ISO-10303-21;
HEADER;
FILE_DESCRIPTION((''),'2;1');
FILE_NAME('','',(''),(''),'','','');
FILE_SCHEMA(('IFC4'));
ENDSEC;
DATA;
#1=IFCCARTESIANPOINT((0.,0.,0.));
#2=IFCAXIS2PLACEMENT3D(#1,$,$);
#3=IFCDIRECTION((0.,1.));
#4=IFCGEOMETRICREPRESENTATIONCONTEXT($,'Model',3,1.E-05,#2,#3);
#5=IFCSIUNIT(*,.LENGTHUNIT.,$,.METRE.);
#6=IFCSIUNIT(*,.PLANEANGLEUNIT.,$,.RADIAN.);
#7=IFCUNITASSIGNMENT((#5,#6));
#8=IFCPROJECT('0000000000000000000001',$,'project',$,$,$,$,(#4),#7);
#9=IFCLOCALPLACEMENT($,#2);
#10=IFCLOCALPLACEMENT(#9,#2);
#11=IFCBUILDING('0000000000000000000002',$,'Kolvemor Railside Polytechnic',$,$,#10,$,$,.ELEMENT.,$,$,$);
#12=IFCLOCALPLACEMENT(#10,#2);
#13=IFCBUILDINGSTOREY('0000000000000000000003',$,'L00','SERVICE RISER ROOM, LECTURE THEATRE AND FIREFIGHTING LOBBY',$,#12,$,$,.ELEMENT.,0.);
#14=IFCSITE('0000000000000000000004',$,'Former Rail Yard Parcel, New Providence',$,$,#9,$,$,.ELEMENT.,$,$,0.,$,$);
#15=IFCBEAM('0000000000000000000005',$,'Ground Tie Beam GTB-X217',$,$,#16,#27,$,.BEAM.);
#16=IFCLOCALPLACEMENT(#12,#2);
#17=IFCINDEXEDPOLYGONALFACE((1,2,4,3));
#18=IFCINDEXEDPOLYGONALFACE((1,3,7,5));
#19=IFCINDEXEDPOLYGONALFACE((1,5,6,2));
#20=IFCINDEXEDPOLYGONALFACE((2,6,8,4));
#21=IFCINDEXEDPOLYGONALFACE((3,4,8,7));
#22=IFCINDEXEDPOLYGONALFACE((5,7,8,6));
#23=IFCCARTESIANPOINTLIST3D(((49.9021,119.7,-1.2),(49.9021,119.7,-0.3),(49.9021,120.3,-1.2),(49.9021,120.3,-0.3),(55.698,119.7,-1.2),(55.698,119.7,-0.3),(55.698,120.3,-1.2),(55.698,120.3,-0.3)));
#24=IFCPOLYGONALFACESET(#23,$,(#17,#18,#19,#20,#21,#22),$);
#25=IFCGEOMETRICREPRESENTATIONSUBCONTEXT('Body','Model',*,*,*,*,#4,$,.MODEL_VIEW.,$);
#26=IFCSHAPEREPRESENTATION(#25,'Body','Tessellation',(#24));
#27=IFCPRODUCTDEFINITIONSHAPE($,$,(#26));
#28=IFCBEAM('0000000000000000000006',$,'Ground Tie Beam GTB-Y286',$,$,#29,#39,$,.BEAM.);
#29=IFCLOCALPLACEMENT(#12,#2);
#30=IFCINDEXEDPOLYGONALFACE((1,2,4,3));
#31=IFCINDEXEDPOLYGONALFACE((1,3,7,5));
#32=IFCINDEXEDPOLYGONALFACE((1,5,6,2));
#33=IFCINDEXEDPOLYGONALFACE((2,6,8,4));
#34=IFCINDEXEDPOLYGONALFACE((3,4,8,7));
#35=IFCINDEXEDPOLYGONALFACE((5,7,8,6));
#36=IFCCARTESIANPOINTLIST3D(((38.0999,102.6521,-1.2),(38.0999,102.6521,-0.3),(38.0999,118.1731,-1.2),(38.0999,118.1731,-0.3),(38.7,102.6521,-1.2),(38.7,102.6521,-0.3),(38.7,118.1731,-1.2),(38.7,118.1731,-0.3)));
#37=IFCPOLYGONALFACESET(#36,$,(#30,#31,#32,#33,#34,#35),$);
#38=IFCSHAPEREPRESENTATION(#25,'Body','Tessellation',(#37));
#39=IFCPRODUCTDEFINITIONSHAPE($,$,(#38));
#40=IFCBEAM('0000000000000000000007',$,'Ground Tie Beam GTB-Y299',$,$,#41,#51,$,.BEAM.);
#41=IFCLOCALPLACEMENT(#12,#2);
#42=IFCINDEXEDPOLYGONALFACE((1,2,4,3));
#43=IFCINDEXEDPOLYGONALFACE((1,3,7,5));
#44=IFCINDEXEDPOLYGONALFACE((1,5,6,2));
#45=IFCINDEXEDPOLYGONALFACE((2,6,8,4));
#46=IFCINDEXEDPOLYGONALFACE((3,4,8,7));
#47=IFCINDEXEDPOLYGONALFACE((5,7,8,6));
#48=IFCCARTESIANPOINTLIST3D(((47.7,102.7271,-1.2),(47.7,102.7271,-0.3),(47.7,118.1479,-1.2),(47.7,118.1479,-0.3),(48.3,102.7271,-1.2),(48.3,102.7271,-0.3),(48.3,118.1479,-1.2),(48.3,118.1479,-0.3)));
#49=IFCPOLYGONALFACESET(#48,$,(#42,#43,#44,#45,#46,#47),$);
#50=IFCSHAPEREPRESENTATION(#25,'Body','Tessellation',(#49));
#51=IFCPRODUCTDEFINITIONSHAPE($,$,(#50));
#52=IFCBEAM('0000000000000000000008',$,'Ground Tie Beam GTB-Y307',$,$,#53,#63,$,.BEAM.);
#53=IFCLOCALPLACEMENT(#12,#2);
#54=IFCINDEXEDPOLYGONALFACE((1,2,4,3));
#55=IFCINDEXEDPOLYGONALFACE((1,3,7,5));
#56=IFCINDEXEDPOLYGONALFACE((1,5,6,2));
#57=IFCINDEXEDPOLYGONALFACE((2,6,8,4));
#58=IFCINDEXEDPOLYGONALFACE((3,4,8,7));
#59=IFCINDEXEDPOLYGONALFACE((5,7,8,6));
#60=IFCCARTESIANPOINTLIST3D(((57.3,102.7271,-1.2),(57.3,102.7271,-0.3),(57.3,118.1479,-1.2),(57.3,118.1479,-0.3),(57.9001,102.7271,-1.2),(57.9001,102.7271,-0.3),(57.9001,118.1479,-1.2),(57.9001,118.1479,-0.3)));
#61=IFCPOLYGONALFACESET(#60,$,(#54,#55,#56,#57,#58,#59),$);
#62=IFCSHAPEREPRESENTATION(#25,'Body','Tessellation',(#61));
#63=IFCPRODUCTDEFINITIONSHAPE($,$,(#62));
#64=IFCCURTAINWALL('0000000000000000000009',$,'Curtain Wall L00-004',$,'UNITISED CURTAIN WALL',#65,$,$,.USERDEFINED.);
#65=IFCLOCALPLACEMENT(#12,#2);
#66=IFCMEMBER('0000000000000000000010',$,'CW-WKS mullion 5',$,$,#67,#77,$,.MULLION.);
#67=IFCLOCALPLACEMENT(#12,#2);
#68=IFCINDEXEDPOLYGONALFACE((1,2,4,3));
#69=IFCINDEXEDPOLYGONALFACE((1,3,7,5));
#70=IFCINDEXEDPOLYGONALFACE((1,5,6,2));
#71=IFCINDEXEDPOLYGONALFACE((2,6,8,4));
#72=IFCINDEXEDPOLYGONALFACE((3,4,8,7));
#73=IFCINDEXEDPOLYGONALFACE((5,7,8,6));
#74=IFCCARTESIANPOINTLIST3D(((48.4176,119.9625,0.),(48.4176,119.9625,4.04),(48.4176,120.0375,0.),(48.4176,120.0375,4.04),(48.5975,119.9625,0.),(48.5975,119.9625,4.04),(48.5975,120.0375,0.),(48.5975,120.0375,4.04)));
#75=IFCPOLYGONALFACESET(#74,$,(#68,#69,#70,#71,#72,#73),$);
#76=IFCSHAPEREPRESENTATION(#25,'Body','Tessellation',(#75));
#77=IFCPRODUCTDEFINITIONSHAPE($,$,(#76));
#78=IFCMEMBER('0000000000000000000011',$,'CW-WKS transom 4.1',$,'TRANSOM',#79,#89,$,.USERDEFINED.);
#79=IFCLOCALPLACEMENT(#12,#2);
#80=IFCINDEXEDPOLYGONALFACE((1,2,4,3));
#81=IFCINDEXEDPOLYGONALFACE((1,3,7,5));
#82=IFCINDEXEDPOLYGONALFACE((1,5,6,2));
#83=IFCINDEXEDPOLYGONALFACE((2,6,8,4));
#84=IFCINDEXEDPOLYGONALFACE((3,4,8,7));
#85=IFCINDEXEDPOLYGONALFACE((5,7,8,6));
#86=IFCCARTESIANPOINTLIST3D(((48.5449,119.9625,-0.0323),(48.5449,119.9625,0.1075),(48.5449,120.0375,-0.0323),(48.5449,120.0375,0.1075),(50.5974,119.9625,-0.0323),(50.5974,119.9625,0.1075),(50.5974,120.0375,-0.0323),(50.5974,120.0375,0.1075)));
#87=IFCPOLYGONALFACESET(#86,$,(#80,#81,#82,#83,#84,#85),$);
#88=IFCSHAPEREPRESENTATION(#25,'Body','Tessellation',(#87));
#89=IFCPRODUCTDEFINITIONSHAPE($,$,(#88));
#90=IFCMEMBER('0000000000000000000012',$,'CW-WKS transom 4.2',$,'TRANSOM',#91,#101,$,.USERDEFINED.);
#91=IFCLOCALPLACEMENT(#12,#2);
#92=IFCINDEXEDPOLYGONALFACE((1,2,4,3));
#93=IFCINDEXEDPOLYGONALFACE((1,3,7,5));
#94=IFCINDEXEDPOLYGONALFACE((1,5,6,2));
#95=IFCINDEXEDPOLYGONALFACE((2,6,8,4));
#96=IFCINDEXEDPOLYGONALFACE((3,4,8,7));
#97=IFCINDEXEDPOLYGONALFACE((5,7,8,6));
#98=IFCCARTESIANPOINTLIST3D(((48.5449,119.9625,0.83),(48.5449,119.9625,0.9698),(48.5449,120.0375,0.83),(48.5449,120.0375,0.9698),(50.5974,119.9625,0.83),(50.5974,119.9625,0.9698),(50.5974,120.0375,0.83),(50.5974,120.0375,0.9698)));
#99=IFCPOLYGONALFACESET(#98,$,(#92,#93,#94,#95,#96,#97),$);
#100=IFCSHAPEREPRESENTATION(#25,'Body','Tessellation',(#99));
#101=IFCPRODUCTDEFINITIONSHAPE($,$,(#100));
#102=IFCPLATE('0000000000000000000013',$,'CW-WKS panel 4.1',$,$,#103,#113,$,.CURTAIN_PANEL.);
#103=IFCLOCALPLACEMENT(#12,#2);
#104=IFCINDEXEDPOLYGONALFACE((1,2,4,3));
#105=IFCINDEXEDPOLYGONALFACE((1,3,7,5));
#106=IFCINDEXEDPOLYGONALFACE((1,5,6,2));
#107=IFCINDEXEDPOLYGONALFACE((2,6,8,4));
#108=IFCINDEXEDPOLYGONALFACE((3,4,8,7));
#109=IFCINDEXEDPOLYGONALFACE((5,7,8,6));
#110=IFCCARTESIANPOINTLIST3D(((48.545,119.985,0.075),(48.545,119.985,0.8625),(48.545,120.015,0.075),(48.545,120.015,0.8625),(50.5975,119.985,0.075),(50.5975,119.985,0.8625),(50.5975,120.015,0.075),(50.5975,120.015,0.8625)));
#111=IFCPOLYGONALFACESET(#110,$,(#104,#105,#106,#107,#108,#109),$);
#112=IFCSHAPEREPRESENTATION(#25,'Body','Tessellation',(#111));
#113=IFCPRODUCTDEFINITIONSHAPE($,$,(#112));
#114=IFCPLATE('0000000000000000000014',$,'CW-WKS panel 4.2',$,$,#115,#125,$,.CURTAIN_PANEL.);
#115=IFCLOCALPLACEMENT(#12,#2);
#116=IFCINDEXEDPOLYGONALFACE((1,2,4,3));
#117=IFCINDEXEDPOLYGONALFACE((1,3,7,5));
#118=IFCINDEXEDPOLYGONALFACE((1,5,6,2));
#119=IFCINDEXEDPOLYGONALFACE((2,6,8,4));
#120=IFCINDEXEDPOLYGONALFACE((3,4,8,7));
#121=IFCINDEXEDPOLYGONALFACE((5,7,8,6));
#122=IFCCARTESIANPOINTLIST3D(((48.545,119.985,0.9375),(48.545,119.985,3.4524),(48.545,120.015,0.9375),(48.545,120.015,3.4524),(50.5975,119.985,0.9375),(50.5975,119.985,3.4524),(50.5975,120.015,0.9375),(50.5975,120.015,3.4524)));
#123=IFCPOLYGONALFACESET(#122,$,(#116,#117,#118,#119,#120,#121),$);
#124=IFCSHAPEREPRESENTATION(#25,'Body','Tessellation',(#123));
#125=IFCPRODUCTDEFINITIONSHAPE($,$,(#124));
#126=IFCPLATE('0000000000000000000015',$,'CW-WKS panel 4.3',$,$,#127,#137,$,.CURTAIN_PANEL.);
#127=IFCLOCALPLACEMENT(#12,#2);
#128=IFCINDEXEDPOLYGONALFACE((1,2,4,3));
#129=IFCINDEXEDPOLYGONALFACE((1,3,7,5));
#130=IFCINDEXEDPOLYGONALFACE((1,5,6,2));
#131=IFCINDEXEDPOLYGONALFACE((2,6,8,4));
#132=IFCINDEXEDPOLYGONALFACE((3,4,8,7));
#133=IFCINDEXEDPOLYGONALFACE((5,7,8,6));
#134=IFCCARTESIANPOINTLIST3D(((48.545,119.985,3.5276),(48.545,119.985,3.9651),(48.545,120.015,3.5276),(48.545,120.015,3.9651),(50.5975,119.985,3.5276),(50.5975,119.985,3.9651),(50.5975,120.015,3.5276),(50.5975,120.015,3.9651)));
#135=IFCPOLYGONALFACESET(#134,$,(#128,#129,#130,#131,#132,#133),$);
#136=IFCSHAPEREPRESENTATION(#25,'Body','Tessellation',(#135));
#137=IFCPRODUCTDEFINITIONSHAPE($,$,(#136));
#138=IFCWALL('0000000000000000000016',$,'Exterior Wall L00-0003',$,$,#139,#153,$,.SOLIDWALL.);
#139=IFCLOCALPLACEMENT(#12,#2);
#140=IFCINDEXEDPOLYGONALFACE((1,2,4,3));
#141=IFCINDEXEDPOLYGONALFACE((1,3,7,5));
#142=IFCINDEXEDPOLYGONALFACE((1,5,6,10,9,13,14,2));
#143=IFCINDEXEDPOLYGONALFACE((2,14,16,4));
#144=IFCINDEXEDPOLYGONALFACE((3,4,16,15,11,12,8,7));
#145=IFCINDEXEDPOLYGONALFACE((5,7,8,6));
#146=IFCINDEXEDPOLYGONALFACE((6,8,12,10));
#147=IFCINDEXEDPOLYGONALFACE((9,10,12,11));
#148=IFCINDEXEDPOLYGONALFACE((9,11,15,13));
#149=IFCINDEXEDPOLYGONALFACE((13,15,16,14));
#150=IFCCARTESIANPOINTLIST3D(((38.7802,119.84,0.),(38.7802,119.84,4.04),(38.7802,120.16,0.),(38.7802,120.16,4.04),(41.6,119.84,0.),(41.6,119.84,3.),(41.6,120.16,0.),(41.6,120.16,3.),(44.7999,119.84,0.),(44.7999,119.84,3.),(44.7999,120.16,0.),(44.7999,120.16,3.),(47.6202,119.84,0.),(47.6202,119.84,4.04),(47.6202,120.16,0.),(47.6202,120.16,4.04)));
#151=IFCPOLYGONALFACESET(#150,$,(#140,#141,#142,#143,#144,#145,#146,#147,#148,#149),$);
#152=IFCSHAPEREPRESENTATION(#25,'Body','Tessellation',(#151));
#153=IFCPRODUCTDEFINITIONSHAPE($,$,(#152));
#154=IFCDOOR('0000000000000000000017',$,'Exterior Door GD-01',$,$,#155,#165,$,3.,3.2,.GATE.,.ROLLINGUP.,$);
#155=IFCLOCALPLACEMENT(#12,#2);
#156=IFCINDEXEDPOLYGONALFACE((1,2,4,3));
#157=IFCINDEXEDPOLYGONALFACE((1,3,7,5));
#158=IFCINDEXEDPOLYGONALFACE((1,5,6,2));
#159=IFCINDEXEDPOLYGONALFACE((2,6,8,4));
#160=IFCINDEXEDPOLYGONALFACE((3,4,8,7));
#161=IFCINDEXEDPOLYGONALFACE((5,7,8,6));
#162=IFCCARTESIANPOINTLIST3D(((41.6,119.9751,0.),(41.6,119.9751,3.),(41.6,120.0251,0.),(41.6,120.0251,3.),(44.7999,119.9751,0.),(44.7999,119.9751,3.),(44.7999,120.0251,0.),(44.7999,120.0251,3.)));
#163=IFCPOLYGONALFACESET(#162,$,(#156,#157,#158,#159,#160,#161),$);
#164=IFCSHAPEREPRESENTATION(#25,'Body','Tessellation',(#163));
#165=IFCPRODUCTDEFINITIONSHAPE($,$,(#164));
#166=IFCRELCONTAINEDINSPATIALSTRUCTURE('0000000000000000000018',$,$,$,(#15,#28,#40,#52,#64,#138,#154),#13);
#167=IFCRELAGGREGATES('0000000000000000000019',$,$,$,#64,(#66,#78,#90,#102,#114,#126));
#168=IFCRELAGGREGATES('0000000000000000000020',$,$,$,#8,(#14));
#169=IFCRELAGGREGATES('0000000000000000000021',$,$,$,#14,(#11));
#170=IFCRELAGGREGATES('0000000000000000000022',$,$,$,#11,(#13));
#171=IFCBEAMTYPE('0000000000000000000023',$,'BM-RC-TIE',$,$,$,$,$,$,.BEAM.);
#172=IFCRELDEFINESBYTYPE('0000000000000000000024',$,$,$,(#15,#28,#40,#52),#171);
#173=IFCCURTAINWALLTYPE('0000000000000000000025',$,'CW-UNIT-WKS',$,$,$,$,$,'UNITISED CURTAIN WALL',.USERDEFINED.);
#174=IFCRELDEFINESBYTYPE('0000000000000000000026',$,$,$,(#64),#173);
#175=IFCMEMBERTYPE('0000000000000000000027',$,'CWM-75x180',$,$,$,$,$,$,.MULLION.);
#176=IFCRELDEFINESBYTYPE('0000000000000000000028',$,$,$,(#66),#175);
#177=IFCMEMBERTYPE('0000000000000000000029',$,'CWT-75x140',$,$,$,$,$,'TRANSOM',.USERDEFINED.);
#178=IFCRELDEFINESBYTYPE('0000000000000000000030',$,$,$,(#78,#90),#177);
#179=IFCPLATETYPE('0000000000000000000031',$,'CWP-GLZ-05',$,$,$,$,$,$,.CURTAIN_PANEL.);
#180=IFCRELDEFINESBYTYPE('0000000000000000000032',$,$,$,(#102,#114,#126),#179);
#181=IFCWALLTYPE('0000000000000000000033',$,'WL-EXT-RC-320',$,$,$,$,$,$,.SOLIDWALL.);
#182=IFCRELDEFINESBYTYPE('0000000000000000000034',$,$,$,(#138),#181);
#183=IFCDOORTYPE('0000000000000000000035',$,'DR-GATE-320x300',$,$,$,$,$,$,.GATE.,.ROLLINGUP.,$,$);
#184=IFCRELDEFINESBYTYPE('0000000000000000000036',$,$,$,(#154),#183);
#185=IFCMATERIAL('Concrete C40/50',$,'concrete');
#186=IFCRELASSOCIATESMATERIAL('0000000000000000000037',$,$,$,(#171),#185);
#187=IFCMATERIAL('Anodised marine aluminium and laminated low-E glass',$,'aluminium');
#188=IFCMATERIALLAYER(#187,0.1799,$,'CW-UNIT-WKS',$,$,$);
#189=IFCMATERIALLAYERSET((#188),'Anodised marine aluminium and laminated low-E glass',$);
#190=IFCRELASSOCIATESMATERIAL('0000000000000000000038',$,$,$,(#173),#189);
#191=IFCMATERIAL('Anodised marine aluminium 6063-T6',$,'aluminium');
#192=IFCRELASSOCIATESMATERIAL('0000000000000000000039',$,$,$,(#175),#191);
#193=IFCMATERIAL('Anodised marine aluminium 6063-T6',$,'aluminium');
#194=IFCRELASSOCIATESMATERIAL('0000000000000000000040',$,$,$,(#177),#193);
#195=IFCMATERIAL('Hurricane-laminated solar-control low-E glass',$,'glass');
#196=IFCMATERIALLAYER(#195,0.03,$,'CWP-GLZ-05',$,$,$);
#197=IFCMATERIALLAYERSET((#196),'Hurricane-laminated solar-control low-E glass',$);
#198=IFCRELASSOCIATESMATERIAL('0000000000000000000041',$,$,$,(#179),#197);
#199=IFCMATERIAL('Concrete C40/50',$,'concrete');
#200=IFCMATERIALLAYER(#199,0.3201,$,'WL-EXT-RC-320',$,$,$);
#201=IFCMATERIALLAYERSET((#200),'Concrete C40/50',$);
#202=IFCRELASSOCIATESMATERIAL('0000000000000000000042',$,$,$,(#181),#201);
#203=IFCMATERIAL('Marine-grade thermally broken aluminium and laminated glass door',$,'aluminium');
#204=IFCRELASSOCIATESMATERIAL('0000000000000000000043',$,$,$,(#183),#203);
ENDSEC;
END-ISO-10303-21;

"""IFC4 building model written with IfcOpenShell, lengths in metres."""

from ifc_helpers import new_model, si_unit, direction, frame, frame_2d, origin, origin_2d, place, context, subcontext, project, spatial, rectangle, extrude, material, layer, layer_set, material_profile, profile_set, type_object, element, fill, aggregate, save


model = new_model("IFC4")

# Units and contexts
model_context = context("Model", 3, precision=1e-05, world=origin(), true_north=direction((0.0, 1.0)))
body_context = subcontext(model_context, "Body", "Model", "MODEL_VIEW")
ifc_project = project(units=[si_unit("LENGTHUNIT", "METRE"), si_unit("PLANEANGLEUNIT", "RADIAN")], contexts=[model_context])

# Site, building, storey
site_placement = place(None, origin())
site = spatial("IfcSite", under=ifc_project, at=site_placement, Name="Former Rail Yard Parcel, New Providence", CompositionType="ELEMENT", RefElevation=0.0)
building_placement = place(site_placement, origin())
building = spatial("IfcBuilding", under=site, at=building_placement, Name="Kolvemor Railside Polytechnic", CompositionType="ELEMENT")
storey_placement = place(building_placement, origin())
storey = spatial("IfcBuildingStorey", under=building, at=storey_placement, Name="L00", Description="SERVICE RISER ROOM, LECTURE THEATRE AND FIREFIGHTING LOBBY", CompositionType="ELEMENT", Elevation=0.0)

# Beams
ifc_material_1 = material(Name="Concrete C40/50", Category="concrete")
ifc_material_profile_1 = material_profile(ifc_material_1, rectangle(XDim=0.6001, YDim=0.8999, at=origin_2d()), Name="RC600x900")
ifc_profile_set_1 = profile_set([ifc_material_profile_1], Name="Concrete C40/50")
beam_type_1 = type_object("IfcBeamType", Name="BM-RC-TIE", PredefinedType="BEAM", material=ifc_profile_set_1)
beam_1_placement = place(storey_placement, frame((49.9021, 120.0, -0.75), z_axis=(1.0, 0.0, 0.0), x_axis=(0.0, 1.0, 0.0)))
element("IfcBeam", 1, at=beam_1_placement, inside=storey, type_object=beam_type_1, Name="Ground Tie Beam GTB-X217", PredefinedType="BEAM", context=body_context, shape_type="SweptSolid", body=[
    extrude(rectangle(XDim=0.6001, YDim=0.8999, at=origin_2d()), origin(), (0.0, 0.0, 1.0), 5.7959),
])
beam_2_placement = place(storey_placement, frame((38.3999, 102.6521, -0.75), z_axis=(0.0, 1.0, 0.0), x_axis=(-1.0, 0.0, 0.0)))
element("IfcBeam", 2, at=beam_2_placement, inside=storey, type_object=beam_type_1, Name="Ground Tie Beam GTB-Y286", PredefinedType="BEAM", context=body_context, shape_type="SweptSolid", body=[
    extrude(rectangle(XDim=0.6001, YDim=0.8999, at=origin_2d()), origin(), (0.0, 0.0, 1.0), 15.521),
])
for number, where, z_axis, x_axis, name in (
    (3, (48.0, 102.7271, -0.75), (0.0, 1.0, 0.0), (-1.0, 0.0, 0.0), "Ground Tie Beam GTB-Y299"),
    (4, (57.6001, 102.7271, -0.75), (0.0, 1.0, 0.0), (-1.0, 0.0, 0.0), "Ground Tie Beam GTB-Y307"),
):
    element("IfcBeam", number, at=place(storey_placement, frame(where, z_axis=z_axis, x_axis=x_axis)), inside=storey, type_object=beam_type_1, Name=name, PredefinedType="BEAM", context=body_context, shape_type="SweptSolid", body=[
        extrude(rectangle(XDim=0.6001, YDim=0.8999, at=origin_2d()), origin(), (0.0, 0.0, 1.0), 15.4209),
    ])

# Curtain wall, members, plates
ifc_material_2 = material(Name="Anodised marine aluminium and laminated low-E glass", Category="aluminium")
ifc_layer_1 = layer(ifc_material_2, 0.1799, Name="CW-UNIT-WKS")
ifc_layer_set_1 = layer_set([ifc_layer_1], Name="Anodised marine aluminium and laminated low-E glass")
curtain_wall_type = type_object("IfcCurtainWallType", Name="CW-UNIT-WKS", ElementType="UNITISED CURTAIN WALL", PredefinedType="USERDEFINED", material=ifc_layer_set_1)
curtain_wall_placement = place(storey_placement, origin())
curtain_wall = element("IfcCurtainWall", 5, at=curtain_wall_placement, inside=storey, type_object=curtain_wall_type, Name="Curtain Wall L00-004", ObjectType="UNITISED CURTAIN WALL", PredefinedType="USERDEFINED")
ifc_material_3 = material(Name="Anodised marine aluminium 6063-T6", Category="aluminium")
ifc_material_profile_2 = material_profile(ifc_material_3, rectangle(XDim=0.075, YDim=0.1799, at=origin_2d()), Name="CW-MUL-75x180")
ifc_profile_set_2 = profile_set([ifc_material_profile_2], Name="Anodised marine aluminium 6063-T6")
member_type_1 = type_object("IfcMemberType", Name="CWM-75x180", PredefinedType="MULLION", material=ifc_profile_set_2)
member_1_placement = place(storey_placement, frame((48.5076, 120.0, 0.0), z_axis=(0.0, 0.0, 1.0), x_axis=(0.0, -1.0, 0.0)))
member_1 = element("IfcMember", 6, at=member_1_placement, type_object=member_type_1, Name="CW-WKS mullion 5", PredefinedType="MULLION", context=body_context, shape_type="SweptSolid", body=[
    extrude(rectangle(XDim=0.075, YDim=0.1799, at=origin_2d()), origin(), (0.0, 0.0, 1.0), 4.04),
])
ifc_material_4 = material(Name="Anodised marine aluminium 6063-T6", Category="aluminium")
ifc_material_profile_3 = material_profile(ifc_material_4, rectangle(XDim=0.075, YDim=0.1399, at=origin_2d()), Name="CW-TRN-75x140")
ifc_profile_set_3 = profile_set([ifc_material_profile_3], Name="Anodised marine aluminium 6063-T6")
member_type_2 = type_object("IfcMemberType", Name="CWT-75x140", ElementType="TRANSOM", PredefinedType="USERDEFINED", material=ifc_profile_set_3)
member_2_placement = place(storey_placement, frame((50.5974, 120.0, 0.0376), z_axis=(-1.0, 0.0, 0.0), x_axis=(0.0, -1.0, 0.0)))
member_2 = element("IfcMember", 7, at=member_2_placement, type_object=member_type_2, Name="CW-WKS transom 4.1", ObjectType="TRANSOM", PredefinedType="USERDEFINED", context=body_context, shape_type="SweptSolid", body=[
    extrude(rectangle(XDim=0.075, YDim=0.1399, at=origin_2d()), origin(), (0.0, 0.0, 1.0), 2.0525),
])
member_3_placement = place(storey_placement, frame((50.5974, 120.0, 0.8999), z_axis=(-1.0, 0.0, 0.0), x_axis=(0.0, -1.0, 0.0)))
member_3 = element("IfcMember", 8, at=member_3_placement, type_object=member_type_2, Name="CW-WKS transom 4.2", ObjectType="TRANSOM", PredefinedType="USERDEFINED", context=body_context, shape_type="SweptSolid", body=[
    extrude(rectangle(XDim=0.075, YDim=0.1399, at=origin_2d()), origin(), (0.0, 0.0, 1.0), 2.0525),
])
ifc_material_5 = material(Name="Hurricane-laminated solar-control low-E glass", Category="glass")
ifc_layer_2 = layer(ifc_material_5, 0.03, Name="CWP-GLZ-05")
ifc_layer_set_2 = layer_set([ifc_layer_2], Name="Hurricane-laminated solar-control low-E glass")
plate_type = type_object("IfcPlateType", Name="CWP-GLZ-05", PredefinedType="CURTAIN_PANEL", material=ifc_layer_set_2)
plate_1_placement = place(storey_placement, frame((49.5713, 120.0, 0.075), z_axis=(0.0, 0.0, 1.0), x_axis=(-1.0, 0.0, 0.0)))
plate_1 = element("IfcPlate", 9, at=plate_1_placement, type_object=plate_type, Name="CW-WKS panel 4.1", PredefinedType="CURTAIN_PANEL", context=body_context, shape_type="SweptSolid", body=[
    extrude(rectangle(XDim=2.0525, YDim=0.03, at=origin_2d()), origin(), (0.0, 0.0, 1.0), 0.7876),
])
plate_2_placement = place(storey_placement, frame((49.5713, 120.0, 0.9375), z_axis=(0.0, 0.0, 1.0), x_axis=(-1.0, 0.0, 0.0)))
plate_2 = element("IfcPlate", 10, at=plate_2_placement, type_object=plate_type, Name="CW-WKS panel 4.2", PredefinedType="CURTAIN_PANEL", context=body_context, shape_type="SweptSolid", body=[
    extrude(rectangle(XDim=2.0525, YDim=0.03, at=origin_2d()), origin(), (0.0, 0.0, 1.0), 2.5149),
])
plate_3_placement = place(storey_placement, frame((49.5713, 120.0, 3.5276), z_axis=(0.0, 0.0, 1.0), x_axis=(-1.0, 0.0, 0.0)))
plate_3 = element("IfcPlate", 11, at=plate_3_placement, type_object=plate_type, Name="CW-WKS panel 4.3", PredefinedType="CURTAIN_PANEL", context=body_context, shape_type="SweptSolid", body=[
    extrude(rectangle(XDim=2.0525, YDim=0.03, at=origin_2d()), origin(), (0.0, 0.0, 1.0), 0.4375),
])
aggregate(curtain_wall, [member_1, member_2, member_3, plate_1, plate_2, plate_3])

# Wall, opening, door
ifc_material_6 = material(Name="Concrete C40/50", Category="concrete")
ifc_layer_3 = layer(ifc_material_6, 0.3201, Name="WL-EXT-RC-320")
ifc_layer_set_3 = layer_set([ifc_layer_3], Name="Concrete C40/50")
wall_type_1 = type_object("IfcWallType", Name="WL-EXT-RC-320", PredefinedType="SOLIDWALL", material=ifc_layer_set_3)
wall_1_placement = place(storey_placement, frame((47.6201, 120.0, 0.0), z_axis=(0.0, 0.0, 1.0), x_axis=(-1.0, 0.0, 0.0)))
wall_1 = element("IfcWall", 12, at=wall_1_placement, inside=storey, type_object=wall_type_1, Name="Exterior Wall L00-0003", PredefinedType="SOLIDWALL", context=body_context, shape_type="SweptSolid", body=[
    extrude(rectangle(XDim=8.8401, YDim=0.3201, at=frame_2d((4.4199, 0.0))), origin(), (0.0, 0.0, 1.0), 4.04),
])
opening_1_placement = place(wall_1_placement, frame((2.8201, 0.0, 0.0)))
opening_1 = element("IfcOpeningElement", 13, at=opening_1_placement, cuts=wall_1, PredefinedType="OPENING", context=body_context, shape_type="SweptSolid", body=[
    extrude(rectangle(XDim=3.2, YDim=3.0, at=frame_2d((1.6001, 1.5))), frame((0.0, 0.1699, 0.0), z_axis=(0.0, -1.0, 0.0), x_axis=(1.0, 0.0, 0.0)), (0.0, 0.0, 1.0), 0.3401),
])
ifc_material_7 = material(Name="Marine-grade thermally broken aluminium and laminated glass door", Category="aluminium")
door_type_1 = type_object("IfcDoorType", Name="DR-GATE-320x300", OperationType="ROLLINGUP", PredefinedType="GATE", material=ifc_material_7)
door_1_placement = place(opening_1_placement, origin())
door_1 = element("IfcDoor", 14, at=door_1_placement, inside=storey, type_object=door_type_1, Name="Exterior Door GD-01", OperationType="ROLLINGUP", OverallHeight=3.0, OverallWidth=3.2, PredefinedType="GATE", context=body_context, shape_type="SweptSolid", body=[
    extrude(rectangle(XDim=3.2, YDim=3.0, at=frame_2d((1.6001, 1.5))), frame((0.0, 0.0249, 0.0), z_axis=(0.0, -1.0, 0.0), x_axis=(1.0, 0.0, 0.0)), (0.0, 0.0, 1.0), 0.05),
])
fill(opening_1, door_1)

save(model, "model.ifc")
